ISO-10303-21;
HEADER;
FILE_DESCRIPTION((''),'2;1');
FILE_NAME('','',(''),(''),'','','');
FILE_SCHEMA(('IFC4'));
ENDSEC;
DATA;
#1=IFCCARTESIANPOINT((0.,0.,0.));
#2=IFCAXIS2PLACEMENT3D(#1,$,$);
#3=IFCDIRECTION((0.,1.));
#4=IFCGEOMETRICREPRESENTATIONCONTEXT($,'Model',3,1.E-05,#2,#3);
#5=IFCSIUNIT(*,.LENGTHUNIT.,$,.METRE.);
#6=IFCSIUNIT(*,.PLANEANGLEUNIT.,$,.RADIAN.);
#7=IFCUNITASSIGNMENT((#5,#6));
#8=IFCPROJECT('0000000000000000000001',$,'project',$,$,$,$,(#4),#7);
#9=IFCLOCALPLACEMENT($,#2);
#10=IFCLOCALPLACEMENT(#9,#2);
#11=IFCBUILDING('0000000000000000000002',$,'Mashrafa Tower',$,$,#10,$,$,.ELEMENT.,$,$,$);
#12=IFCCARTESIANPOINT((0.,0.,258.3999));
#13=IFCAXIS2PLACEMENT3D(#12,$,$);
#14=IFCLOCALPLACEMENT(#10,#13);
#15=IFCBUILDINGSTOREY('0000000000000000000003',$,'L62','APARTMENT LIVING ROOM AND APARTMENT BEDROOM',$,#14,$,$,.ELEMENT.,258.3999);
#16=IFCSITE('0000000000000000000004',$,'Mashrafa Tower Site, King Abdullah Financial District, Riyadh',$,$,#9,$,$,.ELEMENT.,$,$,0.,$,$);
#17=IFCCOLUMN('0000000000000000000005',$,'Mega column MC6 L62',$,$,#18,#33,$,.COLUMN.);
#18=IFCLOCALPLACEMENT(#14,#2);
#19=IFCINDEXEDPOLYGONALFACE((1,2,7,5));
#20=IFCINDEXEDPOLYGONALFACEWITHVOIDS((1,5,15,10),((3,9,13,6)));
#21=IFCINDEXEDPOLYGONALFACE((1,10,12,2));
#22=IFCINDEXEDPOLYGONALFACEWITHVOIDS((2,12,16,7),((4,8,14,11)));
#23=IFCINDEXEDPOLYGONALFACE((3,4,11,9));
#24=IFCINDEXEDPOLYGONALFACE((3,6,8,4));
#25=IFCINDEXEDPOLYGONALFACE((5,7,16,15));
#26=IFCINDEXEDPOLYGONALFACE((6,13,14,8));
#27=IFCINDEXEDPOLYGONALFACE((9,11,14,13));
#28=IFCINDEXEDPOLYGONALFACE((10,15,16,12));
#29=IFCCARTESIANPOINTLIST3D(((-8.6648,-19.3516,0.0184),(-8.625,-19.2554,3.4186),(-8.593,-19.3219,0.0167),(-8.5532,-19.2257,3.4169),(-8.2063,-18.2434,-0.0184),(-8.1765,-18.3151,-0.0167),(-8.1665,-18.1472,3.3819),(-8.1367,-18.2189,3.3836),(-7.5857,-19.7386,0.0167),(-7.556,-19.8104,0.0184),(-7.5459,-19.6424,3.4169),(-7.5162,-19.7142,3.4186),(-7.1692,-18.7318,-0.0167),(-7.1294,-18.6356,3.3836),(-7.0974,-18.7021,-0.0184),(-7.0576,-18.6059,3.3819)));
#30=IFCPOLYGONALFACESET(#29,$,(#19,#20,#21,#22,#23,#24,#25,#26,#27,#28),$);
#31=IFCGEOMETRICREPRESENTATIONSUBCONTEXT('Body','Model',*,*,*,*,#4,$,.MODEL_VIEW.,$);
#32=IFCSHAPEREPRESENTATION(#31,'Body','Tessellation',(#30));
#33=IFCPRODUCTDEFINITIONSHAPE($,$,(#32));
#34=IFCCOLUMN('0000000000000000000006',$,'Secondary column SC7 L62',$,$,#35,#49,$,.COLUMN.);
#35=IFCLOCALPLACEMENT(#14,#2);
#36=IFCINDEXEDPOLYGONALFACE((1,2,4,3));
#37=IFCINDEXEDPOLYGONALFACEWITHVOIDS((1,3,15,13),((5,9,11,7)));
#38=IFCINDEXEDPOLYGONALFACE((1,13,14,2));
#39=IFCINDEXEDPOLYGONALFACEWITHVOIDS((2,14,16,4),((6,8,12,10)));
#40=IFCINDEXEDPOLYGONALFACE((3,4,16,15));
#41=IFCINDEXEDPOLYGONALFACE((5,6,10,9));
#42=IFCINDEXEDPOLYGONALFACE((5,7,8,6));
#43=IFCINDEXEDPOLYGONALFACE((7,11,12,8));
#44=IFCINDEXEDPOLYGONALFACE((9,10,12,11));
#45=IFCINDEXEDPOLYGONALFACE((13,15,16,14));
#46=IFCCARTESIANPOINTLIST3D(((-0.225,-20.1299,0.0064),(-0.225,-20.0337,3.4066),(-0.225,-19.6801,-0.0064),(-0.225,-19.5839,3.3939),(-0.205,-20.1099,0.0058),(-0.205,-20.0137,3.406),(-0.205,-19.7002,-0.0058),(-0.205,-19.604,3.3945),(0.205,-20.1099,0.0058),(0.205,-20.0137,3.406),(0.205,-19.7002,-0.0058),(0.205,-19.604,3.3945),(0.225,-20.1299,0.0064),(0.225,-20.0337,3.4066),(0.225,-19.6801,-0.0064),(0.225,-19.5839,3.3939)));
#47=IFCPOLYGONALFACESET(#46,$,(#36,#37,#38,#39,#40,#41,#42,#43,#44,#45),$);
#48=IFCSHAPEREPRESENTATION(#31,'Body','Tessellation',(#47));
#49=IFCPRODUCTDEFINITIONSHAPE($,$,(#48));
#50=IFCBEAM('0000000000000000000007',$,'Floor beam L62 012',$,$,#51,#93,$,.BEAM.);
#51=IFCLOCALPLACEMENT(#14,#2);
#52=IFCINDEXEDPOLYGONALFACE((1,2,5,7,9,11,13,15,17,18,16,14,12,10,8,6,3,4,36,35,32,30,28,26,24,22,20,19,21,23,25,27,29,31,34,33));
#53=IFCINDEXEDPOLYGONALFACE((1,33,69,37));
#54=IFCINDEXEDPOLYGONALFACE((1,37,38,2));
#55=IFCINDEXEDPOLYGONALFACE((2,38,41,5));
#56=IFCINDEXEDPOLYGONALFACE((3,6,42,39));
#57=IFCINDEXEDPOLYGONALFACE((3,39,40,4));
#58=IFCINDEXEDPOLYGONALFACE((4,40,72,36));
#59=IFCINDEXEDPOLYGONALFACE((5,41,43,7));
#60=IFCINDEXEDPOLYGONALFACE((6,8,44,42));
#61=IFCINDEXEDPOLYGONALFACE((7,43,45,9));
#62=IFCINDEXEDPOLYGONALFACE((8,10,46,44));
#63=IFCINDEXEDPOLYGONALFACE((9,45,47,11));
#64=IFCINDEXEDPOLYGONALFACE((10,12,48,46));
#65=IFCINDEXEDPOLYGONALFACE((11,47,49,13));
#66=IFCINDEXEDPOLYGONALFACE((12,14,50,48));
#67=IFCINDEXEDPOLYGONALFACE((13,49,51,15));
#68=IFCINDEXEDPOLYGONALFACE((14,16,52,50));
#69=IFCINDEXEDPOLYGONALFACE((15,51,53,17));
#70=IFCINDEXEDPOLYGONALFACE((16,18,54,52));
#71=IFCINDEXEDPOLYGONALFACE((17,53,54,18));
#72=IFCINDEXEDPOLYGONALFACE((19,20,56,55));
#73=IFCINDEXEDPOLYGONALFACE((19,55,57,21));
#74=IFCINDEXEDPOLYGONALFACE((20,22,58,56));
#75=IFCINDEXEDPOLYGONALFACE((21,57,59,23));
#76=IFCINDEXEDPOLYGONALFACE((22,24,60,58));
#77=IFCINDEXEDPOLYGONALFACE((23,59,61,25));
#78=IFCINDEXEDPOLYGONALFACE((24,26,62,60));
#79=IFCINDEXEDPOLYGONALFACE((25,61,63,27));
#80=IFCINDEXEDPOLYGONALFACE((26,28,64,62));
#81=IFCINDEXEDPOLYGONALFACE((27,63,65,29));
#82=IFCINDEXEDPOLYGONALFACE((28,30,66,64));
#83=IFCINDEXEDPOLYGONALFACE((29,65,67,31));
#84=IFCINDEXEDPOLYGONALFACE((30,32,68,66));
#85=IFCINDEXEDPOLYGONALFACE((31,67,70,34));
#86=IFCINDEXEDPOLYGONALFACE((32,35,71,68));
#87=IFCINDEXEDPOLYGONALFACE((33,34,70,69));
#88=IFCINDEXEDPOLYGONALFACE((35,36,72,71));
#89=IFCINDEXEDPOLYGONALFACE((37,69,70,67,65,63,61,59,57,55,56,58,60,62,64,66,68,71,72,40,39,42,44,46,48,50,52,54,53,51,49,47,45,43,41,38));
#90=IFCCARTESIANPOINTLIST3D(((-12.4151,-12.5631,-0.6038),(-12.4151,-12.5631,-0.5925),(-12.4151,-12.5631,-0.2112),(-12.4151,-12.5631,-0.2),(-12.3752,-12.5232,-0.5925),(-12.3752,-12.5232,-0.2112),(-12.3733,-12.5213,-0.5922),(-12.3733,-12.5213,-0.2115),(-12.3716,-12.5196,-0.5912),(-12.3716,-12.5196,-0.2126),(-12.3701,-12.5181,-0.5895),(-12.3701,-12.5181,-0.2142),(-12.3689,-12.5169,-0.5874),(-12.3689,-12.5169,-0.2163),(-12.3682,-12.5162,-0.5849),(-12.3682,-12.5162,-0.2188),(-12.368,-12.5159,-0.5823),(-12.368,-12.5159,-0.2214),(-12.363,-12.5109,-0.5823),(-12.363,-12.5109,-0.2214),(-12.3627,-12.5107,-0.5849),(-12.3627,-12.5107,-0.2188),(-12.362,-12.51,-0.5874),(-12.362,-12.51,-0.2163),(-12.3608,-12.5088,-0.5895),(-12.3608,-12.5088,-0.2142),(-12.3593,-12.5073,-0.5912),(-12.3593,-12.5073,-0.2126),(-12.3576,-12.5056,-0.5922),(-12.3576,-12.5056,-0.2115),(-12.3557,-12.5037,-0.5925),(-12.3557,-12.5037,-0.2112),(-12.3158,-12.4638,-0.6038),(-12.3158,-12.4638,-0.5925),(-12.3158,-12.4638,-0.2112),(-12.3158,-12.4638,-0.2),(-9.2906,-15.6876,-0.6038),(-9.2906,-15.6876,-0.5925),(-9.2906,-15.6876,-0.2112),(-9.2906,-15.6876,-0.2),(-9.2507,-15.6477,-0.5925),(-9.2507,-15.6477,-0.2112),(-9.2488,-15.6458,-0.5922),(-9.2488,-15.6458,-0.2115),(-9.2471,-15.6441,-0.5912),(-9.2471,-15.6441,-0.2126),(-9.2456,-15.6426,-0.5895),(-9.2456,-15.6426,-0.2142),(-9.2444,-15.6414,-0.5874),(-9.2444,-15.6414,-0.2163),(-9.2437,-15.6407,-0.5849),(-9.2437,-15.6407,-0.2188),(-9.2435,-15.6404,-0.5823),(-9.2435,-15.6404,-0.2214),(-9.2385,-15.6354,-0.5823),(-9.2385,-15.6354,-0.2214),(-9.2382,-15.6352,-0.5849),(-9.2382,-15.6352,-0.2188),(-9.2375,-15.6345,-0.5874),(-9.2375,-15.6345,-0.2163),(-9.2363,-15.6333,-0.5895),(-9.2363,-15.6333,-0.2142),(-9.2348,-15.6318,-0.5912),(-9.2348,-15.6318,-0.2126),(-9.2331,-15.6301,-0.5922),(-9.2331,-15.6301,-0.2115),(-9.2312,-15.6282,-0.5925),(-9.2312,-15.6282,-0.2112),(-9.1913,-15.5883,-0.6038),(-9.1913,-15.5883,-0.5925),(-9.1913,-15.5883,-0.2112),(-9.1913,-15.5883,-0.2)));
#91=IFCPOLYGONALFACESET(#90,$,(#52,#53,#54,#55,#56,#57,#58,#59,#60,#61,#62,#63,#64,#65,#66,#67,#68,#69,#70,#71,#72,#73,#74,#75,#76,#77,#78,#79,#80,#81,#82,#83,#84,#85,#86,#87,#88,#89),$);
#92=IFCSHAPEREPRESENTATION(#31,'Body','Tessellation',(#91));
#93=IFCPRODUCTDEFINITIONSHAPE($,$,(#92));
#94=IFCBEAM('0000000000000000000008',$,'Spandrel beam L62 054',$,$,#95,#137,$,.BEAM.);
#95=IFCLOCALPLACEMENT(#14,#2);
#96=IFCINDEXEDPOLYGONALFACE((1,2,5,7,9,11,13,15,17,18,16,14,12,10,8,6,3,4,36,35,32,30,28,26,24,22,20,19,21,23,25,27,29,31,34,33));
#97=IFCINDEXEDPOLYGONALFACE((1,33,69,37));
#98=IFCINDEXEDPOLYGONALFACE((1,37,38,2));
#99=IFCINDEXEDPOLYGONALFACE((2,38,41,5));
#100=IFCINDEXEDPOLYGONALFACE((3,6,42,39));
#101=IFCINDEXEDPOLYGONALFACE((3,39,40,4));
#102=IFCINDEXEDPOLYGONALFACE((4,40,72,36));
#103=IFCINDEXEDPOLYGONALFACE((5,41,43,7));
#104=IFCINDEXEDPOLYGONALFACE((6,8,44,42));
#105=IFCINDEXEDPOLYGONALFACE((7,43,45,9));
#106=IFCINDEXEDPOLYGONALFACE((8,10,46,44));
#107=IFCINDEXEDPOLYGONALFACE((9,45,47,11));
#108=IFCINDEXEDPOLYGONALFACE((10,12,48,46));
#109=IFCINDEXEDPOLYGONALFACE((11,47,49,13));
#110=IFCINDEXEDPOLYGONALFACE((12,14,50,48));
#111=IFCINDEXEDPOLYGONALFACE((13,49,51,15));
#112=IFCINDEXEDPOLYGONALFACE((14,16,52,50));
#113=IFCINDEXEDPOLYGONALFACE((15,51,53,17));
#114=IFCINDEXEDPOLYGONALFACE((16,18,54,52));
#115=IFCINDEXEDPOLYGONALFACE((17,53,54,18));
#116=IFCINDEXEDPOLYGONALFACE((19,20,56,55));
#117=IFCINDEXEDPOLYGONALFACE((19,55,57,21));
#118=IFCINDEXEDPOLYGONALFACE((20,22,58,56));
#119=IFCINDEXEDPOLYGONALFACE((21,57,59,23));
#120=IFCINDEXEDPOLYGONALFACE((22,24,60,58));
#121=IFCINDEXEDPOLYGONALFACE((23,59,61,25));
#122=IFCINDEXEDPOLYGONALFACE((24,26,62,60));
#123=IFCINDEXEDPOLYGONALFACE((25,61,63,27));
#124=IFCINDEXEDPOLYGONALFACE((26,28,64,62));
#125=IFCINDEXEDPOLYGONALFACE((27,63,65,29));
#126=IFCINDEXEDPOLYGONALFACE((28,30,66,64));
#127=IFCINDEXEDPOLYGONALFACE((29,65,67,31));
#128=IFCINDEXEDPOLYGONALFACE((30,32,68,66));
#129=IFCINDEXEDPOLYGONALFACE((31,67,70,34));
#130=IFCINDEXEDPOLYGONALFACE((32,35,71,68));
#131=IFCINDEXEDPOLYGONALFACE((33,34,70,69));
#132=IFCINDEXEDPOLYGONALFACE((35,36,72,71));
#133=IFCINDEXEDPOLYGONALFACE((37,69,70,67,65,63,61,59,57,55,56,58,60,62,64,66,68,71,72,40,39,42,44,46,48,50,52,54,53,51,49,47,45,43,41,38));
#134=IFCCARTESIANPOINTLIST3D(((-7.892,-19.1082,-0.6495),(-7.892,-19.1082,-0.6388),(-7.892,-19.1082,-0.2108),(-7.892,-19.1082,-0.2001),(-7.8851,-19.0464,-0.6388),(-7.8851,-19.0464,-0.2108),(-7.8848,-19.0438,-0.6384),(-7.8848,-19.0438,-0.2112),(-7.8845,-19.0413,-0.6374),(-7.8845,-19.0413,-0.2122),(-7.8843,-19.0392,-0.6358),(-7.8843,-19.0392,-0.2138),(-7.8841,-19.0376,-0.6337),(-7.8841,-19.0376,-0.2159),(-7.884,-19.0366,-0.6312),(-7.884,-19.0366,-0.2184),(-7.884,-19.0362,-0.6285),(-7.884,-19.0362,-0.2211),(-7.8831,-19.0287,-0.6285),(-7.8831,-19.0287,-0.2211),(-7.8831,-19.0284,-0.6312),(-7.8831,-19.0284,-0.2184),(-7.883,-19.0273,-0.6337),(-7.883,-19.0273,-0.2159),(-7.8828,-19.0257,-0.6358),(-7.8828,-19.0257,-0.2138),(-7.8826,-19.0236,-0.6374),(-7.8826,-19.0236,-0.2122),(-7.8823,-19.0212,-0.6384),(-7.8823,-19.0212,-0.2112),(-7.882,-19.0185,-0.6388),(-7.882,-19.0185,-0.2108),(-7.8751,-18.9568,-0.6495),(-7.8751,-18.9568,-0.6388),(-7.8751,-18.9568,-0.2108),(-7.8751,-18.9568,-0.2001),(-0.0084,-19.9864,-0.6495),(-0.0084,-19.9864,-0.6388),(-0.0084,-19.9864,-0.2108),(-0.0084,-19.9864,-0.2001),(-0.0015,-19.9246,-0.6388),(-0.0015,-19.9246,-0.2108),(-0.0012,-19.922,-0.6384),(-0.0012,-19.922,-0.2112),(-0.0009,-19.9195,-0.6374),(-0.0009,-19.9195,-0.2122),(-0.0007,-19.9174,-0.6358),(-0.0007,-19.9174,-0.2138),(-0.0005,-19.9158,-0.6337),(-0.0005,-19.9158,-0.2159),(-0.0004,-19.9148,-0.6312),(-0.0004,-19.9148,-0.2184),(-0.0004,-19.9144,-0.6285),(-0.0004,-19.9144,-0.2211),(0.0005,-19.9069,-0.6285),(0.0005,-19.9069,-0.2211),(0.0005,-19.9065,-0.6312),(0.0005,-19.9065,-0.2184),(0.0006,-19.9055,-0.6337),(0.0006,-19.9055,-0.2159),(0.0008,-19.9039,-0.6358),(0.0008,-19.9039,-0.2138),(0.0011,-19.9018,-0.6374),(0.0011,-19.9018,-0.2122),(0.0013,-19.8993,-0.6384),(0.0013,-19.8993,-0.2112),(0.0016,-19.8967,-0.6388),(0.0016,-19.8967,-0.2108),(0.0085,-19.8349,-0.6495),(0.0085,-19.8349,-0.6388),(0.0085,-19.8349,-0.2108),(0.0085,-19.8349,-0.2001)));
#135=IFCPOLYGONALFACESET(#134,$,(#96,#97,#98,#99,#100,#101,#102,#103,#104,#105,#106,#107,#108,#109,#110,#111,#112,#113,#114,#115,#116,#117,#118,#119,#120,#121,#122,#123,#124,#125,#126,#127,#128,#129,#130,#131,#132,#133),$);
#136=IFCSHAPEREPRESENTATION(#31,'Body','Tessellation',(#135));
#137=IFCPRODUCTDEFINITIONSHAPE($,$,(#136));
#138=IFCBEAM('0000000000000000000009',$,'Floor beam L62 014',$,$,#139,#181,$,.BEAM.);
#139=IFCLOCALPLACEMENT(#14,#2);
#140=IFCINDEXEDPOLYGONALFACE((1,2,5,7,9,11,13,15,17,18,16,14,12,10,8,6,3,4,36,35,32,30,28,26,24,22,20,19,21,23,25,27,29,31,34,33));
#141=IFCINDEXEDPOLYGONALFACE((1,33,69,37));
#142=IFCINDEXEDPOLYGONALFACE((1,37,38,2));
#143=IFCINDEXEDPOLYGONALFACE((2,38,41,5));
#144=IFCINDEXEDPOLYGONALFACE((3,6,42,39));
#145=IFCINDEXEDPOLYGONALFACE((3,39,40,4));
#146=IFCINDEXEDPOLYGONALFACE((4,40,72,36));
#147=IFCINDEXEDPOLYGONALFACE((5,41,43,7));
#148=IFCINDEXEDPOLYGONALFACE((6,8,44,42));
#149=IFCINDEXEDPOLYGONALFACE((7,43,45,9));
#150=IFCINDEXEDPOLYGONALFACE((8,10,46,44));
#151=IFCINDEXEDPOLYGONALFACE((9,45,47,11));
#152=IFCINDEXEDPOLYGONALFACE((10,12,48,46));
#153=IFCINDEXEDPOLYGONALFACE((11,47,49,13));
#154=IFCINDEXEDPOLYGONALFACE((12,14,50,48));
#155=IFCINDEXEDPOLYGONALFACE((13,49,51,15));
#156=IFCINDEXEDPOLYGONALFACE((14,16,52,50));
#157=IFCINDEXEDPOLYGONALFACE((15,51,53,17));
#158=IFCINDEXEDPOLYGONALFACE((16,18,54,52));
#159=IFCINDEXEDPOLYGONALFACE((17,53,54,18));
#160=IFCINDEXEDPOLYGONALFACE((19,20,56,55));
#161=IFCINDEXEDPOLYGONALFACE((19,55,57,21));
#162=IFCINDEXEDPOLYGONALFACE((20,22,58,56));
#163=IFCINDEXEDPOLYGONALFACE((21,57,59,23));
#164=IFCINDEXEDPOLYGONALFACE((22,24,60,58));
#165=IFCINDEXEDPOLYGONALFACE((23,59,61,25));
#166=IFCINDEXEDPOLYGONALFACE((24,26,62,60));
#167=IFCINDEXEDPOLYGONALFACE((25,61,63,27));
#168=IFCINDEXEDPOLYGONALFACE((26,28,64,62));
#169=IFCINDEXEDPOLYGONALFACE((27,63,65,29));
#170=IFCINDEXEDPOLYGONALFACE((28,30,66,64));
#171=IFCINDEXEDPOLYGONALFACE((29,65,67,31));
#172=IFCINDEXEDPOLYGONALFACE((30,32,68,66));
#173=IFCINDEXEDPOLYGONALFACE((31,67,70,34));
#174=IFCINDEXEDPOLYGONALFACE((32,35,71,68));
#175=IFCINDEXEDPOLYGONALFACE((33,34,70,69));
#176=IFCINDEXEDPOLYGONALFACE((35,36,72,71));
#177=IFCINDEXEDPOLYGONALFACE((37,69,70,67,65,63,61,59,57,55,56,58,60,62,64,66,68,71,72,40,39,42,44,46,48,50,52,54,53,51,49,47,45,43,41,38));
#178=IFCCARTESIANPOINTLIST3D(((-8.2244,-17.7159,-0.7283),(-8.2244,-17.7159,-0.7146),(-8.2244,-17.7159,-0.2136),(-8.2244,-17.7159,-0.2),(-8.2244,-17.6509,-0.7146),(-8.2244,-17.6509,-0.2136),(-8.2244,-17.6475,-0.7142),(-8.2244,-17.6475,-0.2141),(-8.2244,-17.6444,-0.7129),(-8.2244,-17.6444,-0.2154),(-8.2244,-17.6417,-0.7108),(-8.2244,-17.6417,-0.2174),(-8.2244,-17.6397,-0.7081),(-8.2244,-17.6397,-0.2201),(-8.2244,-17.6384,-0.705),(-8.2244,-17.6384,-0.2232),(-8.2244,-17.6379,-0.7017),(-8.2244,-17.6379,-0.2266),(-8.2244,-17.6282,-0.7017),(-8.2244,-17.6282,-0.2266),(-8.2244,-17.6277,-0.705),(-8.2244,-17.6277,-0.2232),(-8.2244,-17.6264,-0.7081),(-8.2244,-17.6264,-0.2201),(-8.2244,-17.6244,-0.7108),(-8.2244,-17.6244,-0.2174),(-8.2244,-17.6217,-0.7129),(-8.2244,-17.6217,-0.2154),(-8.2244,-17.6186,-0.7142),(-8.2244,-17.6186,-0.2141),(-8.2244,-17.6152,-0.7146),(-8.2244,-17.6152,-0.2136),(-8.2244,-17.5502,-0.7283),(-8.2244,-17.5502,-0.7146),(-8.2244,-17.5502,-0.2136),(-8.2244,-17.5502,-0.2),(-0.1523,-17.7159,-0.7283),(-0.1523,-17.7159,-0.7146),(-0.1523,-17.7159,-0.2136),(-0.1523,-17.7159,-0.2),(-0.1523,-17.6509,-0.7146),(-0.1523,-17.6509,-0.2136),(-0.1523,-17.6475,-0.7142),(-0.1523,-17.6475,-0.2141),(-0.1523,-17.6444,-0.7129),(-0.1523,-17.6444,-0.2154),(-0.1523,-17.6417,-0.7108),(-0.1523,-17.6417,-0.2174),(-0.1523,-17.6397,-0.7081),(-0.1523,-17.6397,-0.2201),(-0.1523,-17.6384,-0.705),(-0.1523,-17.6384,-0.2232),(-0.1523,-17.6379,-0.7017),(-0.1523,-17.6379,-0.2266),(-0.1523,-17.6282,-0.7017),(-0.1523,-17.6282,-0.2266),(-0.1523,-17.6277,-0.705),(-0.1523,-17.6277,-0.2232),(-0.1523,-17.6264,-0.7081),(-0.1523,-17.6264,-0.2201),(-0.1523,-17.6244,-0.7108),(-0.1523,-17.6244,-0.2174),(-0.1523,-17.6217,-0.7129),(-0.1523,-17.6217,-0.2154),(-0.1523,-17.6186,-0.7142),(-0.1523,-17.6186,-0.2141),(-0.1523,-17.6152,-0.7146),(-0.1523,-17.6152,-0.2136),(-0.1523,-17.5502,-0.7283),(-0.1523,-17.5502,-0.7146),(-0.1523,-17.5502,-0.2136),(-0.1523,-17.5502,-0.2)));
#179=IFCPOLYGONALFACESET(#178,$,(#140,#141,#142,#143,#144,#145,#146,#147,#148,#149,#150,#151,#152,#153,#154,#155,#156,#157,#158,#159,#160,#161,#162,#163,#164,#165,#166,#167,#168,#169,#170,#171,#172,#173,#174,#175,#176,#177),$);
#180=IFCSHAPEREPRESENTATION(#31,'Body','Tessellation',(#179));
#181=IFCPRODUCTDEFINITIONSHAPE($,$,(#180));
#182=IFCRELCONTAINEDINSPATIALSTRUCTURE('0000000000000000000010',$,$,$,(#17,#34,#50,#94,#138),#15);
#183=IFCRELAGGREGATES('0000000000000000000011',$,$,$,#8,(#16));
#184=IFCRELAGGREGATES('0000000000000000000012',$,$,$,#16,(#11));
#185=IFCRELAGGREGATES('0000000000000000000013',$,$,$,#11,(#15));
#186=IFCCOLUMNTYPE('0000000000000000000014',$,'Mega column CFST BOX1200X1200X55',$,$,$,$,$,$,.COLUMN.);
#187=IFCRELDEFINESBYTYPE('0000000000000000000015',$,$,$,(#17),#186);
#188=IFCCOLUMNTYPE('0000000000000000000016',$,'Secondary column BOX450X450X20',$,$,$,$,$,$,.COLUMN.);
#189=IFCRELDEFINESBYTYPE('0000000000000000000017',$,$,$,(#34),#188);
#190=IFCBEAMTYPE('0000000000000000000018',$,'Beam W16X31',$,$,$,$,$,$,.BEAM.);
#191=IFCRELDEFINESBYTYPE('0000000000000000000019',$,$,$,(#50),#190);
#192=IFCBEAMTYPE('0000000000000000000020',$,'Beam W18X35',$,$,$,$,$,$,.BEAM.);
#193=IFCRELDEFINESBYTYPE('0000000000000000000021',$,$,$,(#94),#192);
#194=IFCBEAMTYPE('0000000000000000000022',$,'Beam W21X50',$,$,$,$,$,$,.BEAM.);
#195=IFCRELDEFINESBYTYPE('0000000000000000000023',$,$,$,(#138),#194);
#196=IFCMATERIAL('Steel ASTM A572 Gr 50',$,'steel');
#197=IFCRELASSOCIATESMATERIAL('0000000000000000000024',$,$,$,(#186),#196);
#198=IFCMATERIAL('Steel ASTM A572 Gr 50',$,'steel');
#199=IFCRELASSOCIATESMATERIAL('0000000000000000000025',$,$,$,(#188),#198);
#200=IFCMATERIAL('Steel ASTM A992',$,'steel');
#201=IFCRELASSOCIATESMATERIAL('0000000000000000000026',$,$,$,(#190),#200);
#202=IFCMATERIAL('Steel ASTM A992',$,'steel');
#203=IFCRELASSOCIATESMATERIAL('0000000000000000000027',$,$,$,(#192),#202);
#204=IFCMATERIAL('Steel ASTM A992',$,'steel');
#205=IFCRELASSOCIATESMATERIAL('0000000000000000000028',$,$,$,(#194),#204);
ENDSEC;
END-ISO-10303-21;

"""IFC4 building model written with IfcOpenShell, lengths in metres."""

from ifc_helpers import new_model, si_unit, direction, frame, origin, origin_2d, place, context, subcontext, project, spatial, hollow_rectangle, i_section, extrude, material, material_profile, profile_set, type_object, element, save


model = new_model("IFC4")

# Units and contexts
model_context = context("Model", 3, precision=1e-05, world=origin(), true_north=direction((0.0, 1.0)))
body_context = subcontext(model_context, "Body", "Model", "MODEL_VIEW")
ifc_project = project(units=[si_unit("LENGTHUNIT", "METRE"), si_unit("PLANEANGLEUNIT", "RADIAN")], contexts=[model_context])

# Site, building, storey
site_placement = place(None, origin())
site = spatial("IfcSite", under=ifc_project, at=site_placement, Name="Mashrafa Tower Site, King Abdullah Financial District, Riyadh", CompositionType="ELEMENT", RefElevation=0.0)
building_placement = place(site_placement, origin())
building = spatial("IfcBuilding", under=site, at=building_placement, Name="Mashrafa Tower", CompositionType="ELEMENT")
storey_placement = place(building_placement, frame((0.0, 0.0, 258.3999)))
storey = spatial("IfcBuildingStorey", under=building, at=storey_placement, Name="L62", Description="APARTMENT LIVING ROOM AND APARTMENT BEDROOM", CompositionType="ELEMENT", Elevation=258.3999)

# Columns
ifc_material_1 = material(Name="Steel ASTM A572 Gr 50", Category="steel")
ifc_material_profile_1 = material_profile(ifc_material_1, hollow_rectangle(XDim=1.2, YDim=1.2, WallThickness=0.0549, at=origin_2d()), Name="BOX1200X1200X55")
ifc_profile_set_1 = profile_set([ifc_material_profile_1], Name="Steel ASTM A572 Gr 50")
column_type_1 = type_object("IfcColumnType", Name="Mega column CFST BOX1200X1200X55", PredefinedType="COLUMN", material=ifc_profile_set_1)
column_1_placement = place(storey_placement, frame((-7.8811, -19.0269, 0.0), z_axis=(0.011698, 0.028277, 0.999532), x_axis=(-0.924045, 0.382283, 0.0)))
element("IfcColumn", 1, at=column_1_placement, inside=storey, type_object=column_type_1, Name="Mega column MC6 L62", PredefinedType="COLUMN", context=body_context, shape_type="SweptSolid", body=[
    extrude(hollow_rectangle(XDim=1.2, YDim=1.2, WallThickness=0.0549, at=origin_2d()), origin(), (0.0, 0.0, 1.0), 3.4019),
])
ifc_material_2 = material(Name="Steel ASTM A572 Gr 50", Category="steel")
ifc_material_profile_2 = material_profile(ifc_material_2, hollow_rectangle(XDim=0.45, YDim=0.45, WallThickness=0.02, at=origin_2d()), Name="BOX450X450X20")
ifc_profile_set_2 = profile_set([ifc_material_profile_2], Name="Steel ASTM A572 Gr 50")
column_type_2 = type_object("IfcColumnType", Name="Secondary column BOX450X450X20", PredefinedType="COLUMN", material=ifc_profile_set_2)
column_2_placement = place(storey_placement, frame((0.0, -19.905, 0.0), z_axis=(0.0, 0.028279, 0.9996), x_axis=(-1.0, 0.0, 0.0)))
element("IfcColumn", 2, at=column_2_placement, inside=storey, type_object=column_type_2, Name="Secondary column SC7 L62", PredefinedType="COLUMN", context=body_context, shape_type="SweptSolid", body=[
    extrude(hollow_rectangle(XDim=0.45, YDim=0.45, WallThickness=0.02, at=origin_2d()), origin(), (0.0, 0.0, 1.0), 3.4016),
])

# Beams
ifc_material_3 = material(Name="Steel ASTM A992", Category="steel")
ifc_material_profile_3 = material_profile(ifc_material_3, i_section(OverallWidth=0.1404, OverallDepth=0.4038, WebThickness=0.0071, FlangeThickness=0.0112, FilletRadius=0.0103, at=origin_2d()), Name="W16X31")
ifc_profile_set_3 = profile_set([ifc_material_profile_3], Name="Steel ASTM A992")
beam_type_1 = type_object("IfcBeamType", Name="Beam W16X31", PredefinedType="BEAM", material=ifc_profile_set_3)
beam_1_placement = place(storey_placement, frame((-9.241, -15.6379, -0.4019), z_axis=(-0.707107, 0.707107, 0.0), x_axis=(-0.707107, -0.707107, 0.0)))
element("IfcBeam", 3, at=beam_1_placement, inside=storey, type_object=beam_type_1, Name="Floor beam L62 012", PredefinedType="BEAM", context=body_context, shape_type="SweptSolid", body=[
    extrude(i_section(OverallWidth=0.1404, OverallDepth=0.4038, WebThickness=0.0071, FlangeThickness=0.0112, FilletRadius=0.0103, at=origin_2d()), origin(), (0.0, 0.0, 1.0), 4.4187),
])
ifc_material_4 = material(Name="Steel ASTM A992", Category="steel")
ifc_material_profile_4 = material_profile(ifc_material_4, i_section(OverallWidth=0.1523, OverallDepth=0.4495, WebThickness=0.0076, FlangeThickness=0.0107, FilletRadius=0.0103, at=origin_2d()), Name="W18X35")
ifc_profile_set_4 = profile_set([ifc_material_profile_4], Name="Steel ASTM A992")
beam_type_2 = type_object("IfcBeamType", Name="Beam W18X35", PredefinedType="BEAM", material=ifc_profile_set_4)
beam_2_placement = place(storey_placement, frame((-7.8835, -19.0325, -0.4248), z_axis=(0.993853, -0.110709, 0.0), x_axis=(0.110709, 0.993853, 0.0)))
element("IfcBeam", 4, at=beam_2_placement, inside=storey, type_object=beam_type_2, Name="Spandrel beam L62 054", PredefinedType="BEAM", context=body_context, shape_type="SweptSolid", body=[
    extrude(i_section(OverallWidth=0.1523, OverallDepth=0.4495, WebThickness=0.0076, FlangeThickness=0.0107, FilletRadius=0.0103, at=origin_2d()), origin(), (0.0, 0.0, 1.0), 7.9324),
])
ifc_material_5 = material(Name="Steel ASTM A992", Category="steel")
ifc_material_profile_5 = material_profile(ifc_material_5, i_section(OverallWidth=0.1658, OverallDepth=0.5283, WebThickness=0.0098, FlangeThickness=0.0137, FilletRadius=0.0129, at=origin_2d()), Name="W21X50")
ifc_profile_set_5 = profile_set([ifc_material_profile_5], Name="Steel ASTM A992")
beam_type_3 = type_object("IfcBeamType", Name="Beam W21X50", PredefinedType="BEAM", material=ifc_profile_set_5)
beam_3_placement = place(storey_placement, frame((-0.1523, -17.6331, -0.4641), z_axis=(-1.0, 0.0, 0.0), x_axis=(0.0, -1.0, 0.0)))
element("IfcBeam", 5, at=beam_3_placement, inside=storey, type_object=beam_type_3, Name="Floor beam L62 014", PredefinedType="BEAM", context=body_context, shape_type="SweptSolid", body=[
    extrude(i_section(OverallWidth=0.1658, OverallDepth=0.5283, WebThickness=0.0098, FlangeThickness=0.0137, FilletRadius=0.0129, at=origin_2d()), origin(), (0.0, 0.0, 1.0), 8.072),
])

save(model, "model.ifc")
